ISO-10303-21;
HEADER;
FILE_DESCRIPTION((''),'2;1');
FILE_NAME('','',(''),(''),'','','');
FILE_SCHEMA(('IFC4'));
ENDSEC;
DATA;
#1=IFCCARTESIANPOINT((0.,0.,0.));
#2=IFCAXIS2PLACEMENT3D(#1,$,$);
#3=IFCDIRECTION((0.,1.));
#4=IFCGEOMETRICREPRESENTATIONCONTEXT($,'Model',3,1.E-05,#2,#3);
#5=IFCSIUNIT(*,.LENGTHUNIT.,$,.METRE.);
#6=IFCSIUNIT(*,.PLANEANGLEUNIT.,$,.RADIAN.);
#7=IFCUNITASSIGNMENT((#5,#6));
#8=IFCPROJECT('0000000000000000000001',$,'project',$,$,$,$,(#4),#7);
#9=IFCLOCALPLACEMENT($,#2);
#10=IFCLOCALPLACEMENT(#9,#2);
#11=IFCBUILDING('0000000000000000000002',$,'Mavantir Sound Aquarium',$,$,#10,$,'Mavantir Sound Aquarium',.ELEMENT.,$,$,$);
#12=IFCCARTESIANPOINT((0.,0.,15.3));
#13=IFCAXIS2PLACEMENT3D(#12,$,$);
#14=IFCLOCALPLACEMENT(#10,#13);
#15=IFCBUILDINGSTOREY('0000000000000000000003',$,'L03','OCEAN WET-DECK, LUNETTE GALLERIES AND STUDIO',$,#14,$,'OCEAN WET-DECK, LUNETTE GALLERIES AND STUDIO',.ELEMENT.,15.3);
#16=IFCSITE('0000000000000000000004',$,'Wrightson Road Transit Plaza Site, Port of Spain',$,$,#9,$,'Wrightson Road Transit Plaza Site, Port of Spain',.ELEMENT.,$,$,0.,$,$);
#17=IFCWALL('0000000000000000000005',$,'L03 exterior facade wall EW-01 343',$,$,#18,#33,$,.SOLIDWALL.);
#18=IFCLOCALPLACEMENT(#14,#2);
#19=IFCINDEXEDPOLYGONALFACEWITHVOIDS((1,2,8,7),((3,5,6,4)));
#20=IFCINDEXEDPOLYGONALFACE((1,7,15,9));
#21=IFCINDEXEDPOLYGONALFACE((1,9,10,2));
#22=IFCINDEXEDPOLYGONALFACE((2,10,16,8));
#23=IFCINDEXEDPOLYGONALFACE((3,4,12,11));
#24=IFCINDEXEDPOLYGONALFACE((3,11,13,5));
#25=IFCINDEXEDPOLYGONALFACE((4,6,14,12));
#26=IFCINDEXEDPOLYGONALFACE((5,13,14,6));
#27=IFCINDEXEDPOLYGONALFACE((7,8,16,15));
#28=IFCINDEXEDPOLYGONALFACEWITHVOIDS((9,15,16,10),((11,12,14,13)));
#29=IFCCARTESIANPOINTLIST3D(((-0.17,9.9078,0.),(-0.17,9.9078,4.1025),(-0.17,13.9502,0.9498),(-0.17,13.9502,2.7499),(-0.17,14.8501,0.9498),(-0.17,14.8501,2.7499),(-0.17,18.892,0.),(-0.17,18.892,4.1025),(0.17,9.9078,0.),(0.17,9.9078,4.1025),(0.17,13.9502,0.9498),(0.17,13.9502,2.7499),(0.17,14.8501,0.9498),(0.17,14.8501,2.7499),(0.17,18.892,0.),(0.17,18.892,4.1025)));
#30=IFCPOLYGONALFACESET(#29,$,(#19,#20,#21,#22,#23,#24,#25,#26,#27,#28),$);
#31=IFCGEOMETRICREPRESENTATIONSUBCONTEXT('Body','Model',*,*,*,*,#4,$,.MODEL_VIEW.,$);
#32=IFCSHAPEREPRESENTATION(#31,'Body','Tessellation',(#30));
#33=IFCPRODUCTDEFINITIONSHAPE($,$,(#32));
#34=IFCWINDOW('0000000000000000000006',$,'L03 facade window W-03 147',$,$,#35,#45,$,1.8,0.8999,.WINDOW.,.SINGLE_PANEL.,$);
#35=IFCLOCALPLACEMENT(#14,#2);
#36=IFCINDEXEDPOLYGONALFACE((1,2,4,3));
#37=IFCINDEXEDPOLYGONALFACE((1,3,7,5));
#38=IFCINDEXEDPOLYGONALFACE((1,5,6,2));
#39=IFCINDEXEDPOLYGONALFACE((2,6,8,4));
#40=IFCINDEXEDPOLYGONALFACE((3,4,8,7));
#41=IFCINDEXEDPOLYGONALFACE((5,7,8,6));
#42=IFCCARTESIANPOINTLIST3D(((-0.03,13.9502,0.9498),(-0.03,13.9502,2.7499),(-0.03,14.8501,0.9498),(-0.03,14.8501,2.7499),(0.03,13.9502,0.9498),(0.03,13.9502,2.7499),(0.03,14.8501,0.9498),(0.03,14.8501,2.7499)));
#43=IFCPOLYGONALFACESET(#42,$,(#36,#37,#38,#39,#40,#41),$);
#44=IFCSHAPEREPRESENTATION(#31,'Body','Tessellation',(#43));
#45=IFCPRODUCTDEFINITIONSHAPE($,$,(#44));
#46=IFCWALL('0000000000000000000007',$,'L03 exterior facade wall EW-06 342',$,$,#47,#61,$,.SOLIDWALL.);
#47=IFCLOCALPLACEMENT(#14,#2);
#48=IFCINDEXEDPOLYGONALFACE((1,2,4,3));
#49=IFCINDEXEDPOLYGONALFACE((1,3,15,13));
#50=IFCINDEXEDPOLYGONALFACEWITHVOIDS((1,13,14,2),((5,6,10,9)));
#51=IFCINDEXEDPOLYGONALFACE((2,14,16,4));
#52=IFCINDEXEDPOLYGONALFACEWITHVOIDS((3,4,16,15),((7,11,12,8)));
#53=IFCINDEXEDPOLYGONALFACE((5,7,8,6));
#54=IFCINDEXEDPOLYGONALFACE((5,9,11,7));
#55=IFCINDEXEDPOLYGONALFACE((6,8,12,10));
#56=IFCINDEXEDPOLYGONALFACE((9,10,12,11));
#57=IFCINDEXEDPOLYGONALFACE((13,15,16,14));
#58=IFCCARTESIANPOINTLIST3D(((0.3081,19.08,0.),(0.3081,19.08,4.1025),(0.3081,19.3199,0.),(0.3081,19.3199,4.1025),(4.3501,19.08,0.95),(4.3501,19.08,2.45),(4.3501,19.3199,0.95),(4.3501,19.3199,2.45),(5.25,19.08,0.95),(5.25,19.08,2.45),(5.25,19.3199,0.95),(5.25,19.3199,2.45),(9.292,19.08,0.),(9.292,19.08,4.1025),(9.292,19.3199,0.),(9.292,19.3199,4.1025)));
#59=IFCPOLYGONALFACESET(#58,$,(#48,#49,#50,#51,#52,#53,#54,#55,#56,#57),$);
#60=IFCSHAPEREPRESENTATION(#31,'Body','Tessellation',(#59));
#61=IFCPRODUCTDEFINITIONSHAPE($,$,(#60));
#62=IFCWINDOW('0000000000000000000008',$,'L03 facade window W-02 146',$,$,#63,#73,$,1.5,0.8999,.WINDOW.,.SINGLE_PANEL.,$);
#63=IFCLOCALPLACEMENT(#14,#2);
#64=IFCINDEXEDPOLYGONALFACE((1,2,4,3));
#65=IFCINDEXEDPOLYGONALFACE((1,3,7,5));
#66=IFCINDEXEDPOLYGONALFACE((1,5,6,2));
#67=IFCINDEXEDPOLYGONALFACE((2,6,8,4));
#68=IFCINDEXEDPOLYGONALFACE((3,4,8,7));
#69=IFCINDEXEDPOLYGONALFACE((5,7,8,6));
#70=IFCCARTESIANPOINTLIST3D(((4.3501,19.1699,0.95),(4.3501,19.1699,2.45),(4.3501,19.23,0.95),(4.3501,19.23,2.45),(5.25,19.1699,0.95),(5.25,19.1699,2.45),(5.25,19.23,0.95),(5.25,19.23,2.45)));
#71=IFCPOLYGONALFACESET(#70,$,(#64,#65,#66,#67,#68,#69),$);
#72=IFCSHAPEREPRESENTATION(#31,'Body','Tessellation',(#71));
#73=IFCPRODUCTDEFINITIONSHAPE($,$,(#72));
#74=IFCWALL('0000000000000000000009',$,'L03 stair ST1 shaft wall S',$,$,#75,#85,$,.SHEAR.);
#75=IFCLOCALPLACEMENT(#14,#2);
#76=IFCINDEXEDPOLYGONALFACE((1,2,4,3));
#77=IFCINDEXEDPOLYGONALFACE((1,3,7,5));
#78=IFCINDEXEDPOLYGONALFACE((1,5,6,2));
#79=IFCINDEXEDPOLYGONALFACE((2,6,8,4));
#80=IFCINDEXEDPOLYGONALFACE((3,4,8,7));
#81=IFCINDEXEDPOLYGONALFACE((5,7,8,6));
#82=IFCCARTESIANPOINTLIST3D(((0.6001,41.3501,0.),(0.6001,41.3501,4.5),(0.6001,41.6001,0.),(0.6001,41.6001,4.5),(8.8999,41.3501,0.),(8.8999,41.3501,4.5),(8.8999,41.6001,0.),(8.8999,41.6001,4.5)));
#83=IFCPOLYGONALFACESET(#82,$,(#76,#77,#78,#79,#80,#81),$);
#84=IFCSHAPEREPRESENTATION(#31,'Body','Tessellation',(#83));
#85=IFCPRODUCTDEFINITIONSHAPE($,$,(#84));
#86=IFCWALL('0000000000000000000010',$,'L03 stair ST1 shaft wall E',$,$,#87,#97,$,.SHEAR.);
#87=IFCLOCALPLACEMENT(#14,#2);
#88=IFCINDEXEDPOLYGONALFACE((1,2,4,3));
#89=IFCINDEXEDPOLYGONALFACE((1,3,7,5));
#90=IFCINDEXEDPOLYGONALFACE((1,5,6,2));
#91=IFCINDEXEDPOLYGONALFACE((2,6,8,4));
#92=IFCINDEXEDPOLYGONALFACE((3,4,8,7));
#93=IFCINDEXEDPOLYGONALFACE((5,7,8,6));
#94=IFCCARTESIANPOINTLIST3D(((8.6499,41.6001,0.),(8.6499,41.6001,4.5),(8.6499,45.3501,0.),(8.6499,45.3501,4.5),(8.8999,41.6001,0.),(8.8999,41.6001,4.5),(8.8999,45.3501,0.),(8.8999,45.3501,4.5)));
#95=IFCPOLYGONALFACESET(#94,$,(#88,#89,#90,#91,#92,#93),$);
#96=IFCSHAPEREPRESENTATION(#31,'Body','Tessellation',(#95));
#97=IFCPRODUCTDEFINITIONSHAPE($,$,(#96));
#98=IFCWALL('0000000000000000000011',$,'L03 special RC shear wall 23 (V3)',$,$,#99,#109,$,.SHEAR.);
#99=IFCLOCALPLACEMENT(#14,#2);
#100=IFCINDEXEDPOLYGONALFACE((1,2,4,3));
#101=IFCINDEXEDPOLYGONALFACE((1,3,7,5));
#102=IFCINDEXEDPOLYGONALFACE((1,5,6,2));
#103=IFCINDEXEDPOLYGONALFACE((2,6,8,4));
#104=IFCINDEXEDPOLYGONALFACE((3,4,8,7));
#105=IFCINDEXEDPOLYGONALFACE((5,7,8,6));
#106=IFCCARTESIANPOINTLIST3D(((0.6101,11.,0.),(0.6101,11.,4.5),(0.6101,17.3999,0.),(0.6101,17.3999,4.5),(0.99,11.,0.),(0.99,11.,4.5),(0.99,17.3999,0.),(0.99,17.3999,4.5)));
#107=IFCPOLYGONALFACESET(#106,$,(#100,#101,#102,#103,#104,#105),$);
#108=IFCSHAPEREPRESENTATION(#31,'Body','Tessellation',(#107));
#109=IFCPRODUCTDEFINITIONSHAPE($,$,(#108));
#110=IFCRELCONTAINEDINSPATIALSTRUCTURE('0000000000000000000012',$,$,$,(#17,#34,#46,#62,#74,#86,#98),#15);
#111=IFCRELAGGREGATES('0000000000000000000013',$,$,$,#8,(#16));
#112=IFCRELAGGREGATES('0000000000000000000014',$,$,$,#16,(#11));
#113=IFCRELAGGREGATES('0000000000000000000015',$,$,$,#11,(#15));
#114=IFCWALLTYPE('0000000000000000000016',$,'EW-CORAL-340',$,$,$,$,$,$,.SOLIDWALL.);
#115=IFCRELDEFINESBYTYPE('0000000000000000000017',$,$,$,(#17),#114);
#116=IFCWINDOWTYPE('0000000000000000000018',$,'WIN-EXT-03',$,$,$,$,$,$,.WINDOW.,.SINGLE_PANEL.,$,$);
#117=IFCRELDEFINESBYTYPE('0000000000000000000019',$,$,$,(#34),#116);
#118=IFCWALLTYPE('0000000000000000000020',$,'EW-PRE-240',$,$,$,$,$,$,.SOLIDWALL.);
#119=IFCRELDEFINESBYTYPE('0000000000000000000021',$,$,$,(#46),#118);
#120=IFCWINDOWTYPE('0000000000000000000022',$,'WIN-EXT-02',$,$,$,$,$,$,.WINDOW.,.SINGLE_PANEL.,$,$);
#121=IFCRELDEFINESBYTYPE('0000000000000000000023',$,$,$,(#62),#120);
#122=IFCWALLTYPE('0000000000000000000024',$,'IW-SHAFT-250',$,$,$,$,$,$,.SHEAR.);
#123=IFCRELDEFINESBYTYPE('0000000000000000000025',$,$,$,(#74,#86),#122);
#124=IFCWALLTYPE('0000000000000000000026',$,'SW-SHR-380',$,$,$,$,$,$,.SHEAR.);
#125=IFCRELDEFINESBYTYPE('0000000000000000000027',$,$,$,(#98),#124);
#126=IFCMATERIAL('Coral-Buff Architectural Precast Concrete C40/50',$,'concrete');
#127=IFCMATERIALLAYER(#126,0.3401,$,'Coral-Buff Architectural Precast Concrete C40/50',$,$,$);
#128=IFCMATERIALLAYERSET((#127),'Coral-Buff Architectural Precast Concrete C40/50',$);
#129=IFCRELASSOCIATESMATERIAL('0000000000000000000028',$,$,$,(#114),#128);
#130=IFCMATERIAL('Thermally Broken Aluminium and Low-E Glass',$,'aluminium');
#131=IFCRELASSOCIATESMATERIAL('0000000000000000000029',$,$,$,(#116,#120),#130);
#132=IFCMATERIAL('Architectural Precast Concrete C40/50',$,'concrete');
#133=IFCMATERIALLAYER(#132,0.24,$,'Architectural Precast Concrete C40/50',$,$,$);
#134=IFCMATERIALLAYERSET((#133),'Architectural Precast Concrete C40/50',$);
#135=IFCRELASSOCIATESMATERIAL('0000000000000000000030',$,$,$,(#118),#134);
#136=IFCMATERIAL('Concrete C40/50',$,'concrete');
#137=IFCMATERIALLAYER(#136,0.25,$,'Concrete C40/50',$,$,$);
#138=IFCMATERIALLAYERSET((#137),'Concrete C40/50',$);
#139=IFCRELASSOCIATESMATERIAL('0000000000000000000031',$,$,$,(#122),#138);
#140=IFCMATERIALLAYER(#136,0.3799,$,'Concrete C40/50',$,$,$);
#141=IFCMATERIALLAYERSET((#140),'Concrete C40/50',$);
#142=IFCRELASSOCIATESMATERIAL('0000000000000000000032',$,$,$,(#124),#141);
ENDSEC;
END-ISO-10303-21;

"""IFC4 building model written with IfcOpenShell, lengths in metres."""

from ifc_helpers import new_model, si_unit, direction, frame, frame_2d, origin, place, context, subcontext, project, spatial, rectangle, extrude, material, layer, layer_set, type_object, element, fill, save


model = new_model("IFC4")

# Units and contexts
model_context = context("Model", 3, precision=1e-05, world=origin(), true_north=direction((0.0, 1.0)))
body_context = subcontext(model_context, "Body", "Model", "MODEL_VIEW")
ifc_project = project(units=[si_unit("LENGTHUNIT", "METRE"), si_unit("PLANEANGLEUNIT", "RADIAN")], contexts=[model_context])

# Site, building, storey
site_placement = place(None, origin())
site = spatial("IfcSite", under=ifc_project, at=site_placement, Name="Wrightson Road Transit Plaza Site, Port of Spain", LongName="Wrightson Road Transit Plaza Site, Port of Spain", CompositionType="ELEMENT", RefElevation=0.0)
building_placement = place(site_placement, origin())
building = spatial("IfcBuilding", under=site, at=building_placement, Name="Mavantir Sound Aquarium", LongName="Mavantir Sound Aquarium", CompositionType="ELEMENT")
storey_placement = place(building_placement, frame((0.0, 0.0, 15.3)))
storey = spatial("IfcBuildingStorey", under=building, at=storey_placement, Name="L03", Description="OCEAN WET-DECK, LUNETTE GALLERIES AND STUDIO", LongName="OCEAN WET-DECK, LUNETTE GALLERIES AND STUDIO", CompositionType="ELEMENT", Elevation=15.3)

# Shared definitions
ifc_material_1 = material(Name="Concrete C40/50", Category="concrete")

# Shared definitions
ifc_material_2 = material(Name="Coral-Buff Architectural Precast Concrete C40/50", Category="concrete")
ifc_material_3 = material(Name="Thermally Broken Aluminium and Low-E Glass", Category="aluminium")

# Shared definitions
ifc_layer_1 = layer(ifc_material_2, 0.3401, Name="Coral-Buff Architectural Precast Concrete C40/50")
ifc_layer_set_1 = layer_set([ifc_layer_1], Name="Coral-Buff Architectural Precast Concrete C40/50")
wall_type_1 = type_object("IfcWallType", Name="EW-CORAL-340", PredefinedType="SOLIDWALL", material=ifc_layer_set_1)

# Walls, openings, windows
wall_1_placement = place(storey_placement, frame((0.0, 18.8921, 0.0), z_axis=(0.0, 0.0, 1.0), x_axis=(0.0, -1.0, 0.0)))
wall_1 = element("IfcWall", 1, at=wall_1_placement, inside=storey, type_object=wall_type_1, Name="L03 exterior facade wall EW-01 343", PredefinedType="SOLIDWALL", context=body_context, shape_type="SweptSolid", body=[
    extrude(rectangle(XDim=8.9841, YDim=0.3401, at=frame_2d((4.4922, 0.0))), origin(), (0.0, 0.0, 1.0), 4.1025),
])
opening_1_placement = place(wall_1_placement, frame((4.042, 0.0, 0.95)))
opening_1 = element("IfcOpeningElement", 2, at=opening_1_placement, cuts=wall_1, PredefinedType="OPENING", context=body_context, shape_type="SweptSolid", body=[
    extrude(rectangle(XDim=0.8999, YDim=1.8, at=frame_2d((0.45, 0.8999))), frame((0.0, 0.1802, 0.0), z_axis=(0.0, -1.0, 0.0), x_axis=(1.0, 0.0, 0.0)), (0.0, 0.0, 1.0), 0.3601),
])
window_type_1 = type_object("IfcWindowType", Name="WIN-EXT-03", PartitioningType="SINGLE_PANEL", PredefinedType="WINDOW", material=ifc_material_3)
window_1_placement = place(opening_1_placement, origin())
window_1 = element("IfcWindow", 3, at=window_1_placement, inside=storey, type_object=window_type_1, Name="L03 facade window W-03 147", OverallHeight=1.8, OverallWidth=0.8999, PartitioningType="SINGLE_PANEL", PredefinedType="WINDOW", context=body_context, shape_type="SweptSolid", body=[
    extrude(rectangle(XDim=0.8999, YDim=1.8, at=frame_2d((0.45, 0.8999))), frame((0.0, 0.03, 0.0), z_axis=(0.0, -1.0, 0.0), x_axis=(1.0, 0.0, 0.0)), (0.0, 0.0, 1.0), 0.0601),
])
fill(opening_1, window_1)
ifc_material_4 = material(Name="Architectural Precast Concrete C40/50", Category="concrete")
ifc_layer_2 = layer(ifc_material_4, 0.24, Name="Architectural Precast Concrete C40/50")
ifc_layer_set_2 = layer_set([ifc_layer_2], Name="Architectural Precast Concrete C40/50")
wall_type_2 = type_object("IfcWallType", Name="EW-PRE-240", PredefinedType="SOLIDWALL", material=ifc_layer_set_2)
wall_2_placement = place(storey_placement, frame((9.292, 19.2, 0.0), z_axis=(0.0, 0.0, 1.0), x_axis=(-1.0, 0.0, 0.0)))
wall_2 = element("IfcWall", 4, at=wall_2_placement, inside=storey, type_object=wall_type_2, Name="L03 exterior facade wall EW-06 342", PredefinedType="SOLIDWALL", context=body_context, shape_type="SweptSolid", body=[
    extrude(rectangle(XDim=8.9839, YDim=0.24, at=frame_2d((4.4919, 0.0))), origin(), (0.0, 0.0, 1.0), 4.1025),
])
opening_2_placement = place(wall_2_placement, frame((4.042, 0.0, 0.95)))
opening_2 = element("IfcOpeningElement", 5, at=opening_2_placement, cuts=wall_2, PredefinedType="OPENING", context=body_context, shape_type="SweptSolid", body=[
    extrude(rectangle(XDim=0.8999, YDim=1.5, at=frame_2d((0.45, 0.75))), frame((0.0, 0.1299, 0.0), z_axis=(0.0, -1.0, 0.0), x_axis=(1.0, 0.0, 0.0)), (0.0, 0.0, 1.0), 0.26),
])
window_type_2 = type_object("IfcWindowType", Name="WIN-EXT-02", PartitioningType="SINGLE_PANEL", PredefinedType="WINDOW", material=ifc_material_3)
window_2_placement = place(opening_2_placement, origin())
window_2 = element("IfcWindow", 6, at=window_2_placement, inside=storey, type_object=window_type_2, Name="L03 facade window W-02 146", OverallHeight=1.5, OverallWidth=0.8999, PartitioningType="SINGLE_PANEL", PredefinedType="WINDOW", context=body_context, shape_type="SweptSolid", body=[
    extrude(rectangle(XDim=0.8999, YDim=1.5, at=frame_2d((0.45, 0.75))), frame((0.0, 0.03, 0.0), z_axis=(0.0, -1.0, 0.0), x_axis=(1.0, 0.0, 0.0)), (0.0, 0.0, 1.0), 0.0601),
])
fill(opening_2, window_2)

# Walls
ifc_layer_3 = layer(ifc_material_1, 0.25, Name="Concrete C40/50")
ifc_layer_set_3 = layer_set([ifc_layer_3], Name="Concrete C40/50")
wall_type_3 = type_object("IfcWallType", Name="IW-SHAFT-250", PredefinedType="SHEAR", material=ifc_layer_set_3)
wall_3_placement = place(storey_placement, frame((0.6001, 41.4751, 0.0), z_axis=(0.0, 0.0, 1.0), x_axis=(1.0, 0.0, 0.0)))
element("IfcWall", 7, at=wall_3_placement, inside=storey, type_object=wall_type_3, Name="L03 stair ST1 shaft wall S", PredefinedType="SHEAR", context=body_context, shape_type="SweptSolid", body=[
    extrude(rectangle(XDim=8.2998, YDim=0.25, at=frame_2d((4.1499, 0.0))), origin(), (0.0, 0.0, 1.0), 4.5),
])
wall_4_placement = place(storey_placement, frame((8.7749, 41.6001, 0.0), z_axis=(0.0, 0.0, 1.0), x_axis=(0.0, 1.0, 0.0)))
element("IfcWall", 8, at=wall_4_placement, inside=storey, type_object=wall_type_3, Name="L03 stair ST1 shaft wall E", PredefinedType="SHEAR", context=body_context, shape_type="SweptSolid", body=[
    extrude(rectangle(XDim=3.75, YDim=0.25, at=frame_2d((1.875, 0.0))), origin(), (0.0, 0.0, 1.0), 4.5),
])
ifc_layer_4 = layer(ifc_material_1, 0.3799, Name="Concrete C40/50")
ifc_layer_set_4 = layer_set([ifc_layer_4], Name="Concrete C40/50")
wall_type_4 = type_object("IfcWallType", Name="SW-SHR-380", PredefinedType="SHEAR", material=ifc_layer_set_4)
wall_5_placement = place(storey_placement, frame((0.8, 11.0, 0.0), z_axis=(0.0, 0.0, 1.0), x_axis=(0.0, 1.0, 0.0)))
element("IfcWall", 9, at=wall_5_placement, inside=storey, type_object=wall_type_4, Name="L03 special RC shear wall 23 (V3)", PredefinedType="SHEAR", context=body_context, shape_type="SweptSolid", body=[
    extrude(rectangle(XDim=6.3999, YDim=0.3799, at=frame_2d((3.2, 0.0))), origin(), (0.0, 0.0, 1.0), 4.5),
])

save(model, "model.ifc")
